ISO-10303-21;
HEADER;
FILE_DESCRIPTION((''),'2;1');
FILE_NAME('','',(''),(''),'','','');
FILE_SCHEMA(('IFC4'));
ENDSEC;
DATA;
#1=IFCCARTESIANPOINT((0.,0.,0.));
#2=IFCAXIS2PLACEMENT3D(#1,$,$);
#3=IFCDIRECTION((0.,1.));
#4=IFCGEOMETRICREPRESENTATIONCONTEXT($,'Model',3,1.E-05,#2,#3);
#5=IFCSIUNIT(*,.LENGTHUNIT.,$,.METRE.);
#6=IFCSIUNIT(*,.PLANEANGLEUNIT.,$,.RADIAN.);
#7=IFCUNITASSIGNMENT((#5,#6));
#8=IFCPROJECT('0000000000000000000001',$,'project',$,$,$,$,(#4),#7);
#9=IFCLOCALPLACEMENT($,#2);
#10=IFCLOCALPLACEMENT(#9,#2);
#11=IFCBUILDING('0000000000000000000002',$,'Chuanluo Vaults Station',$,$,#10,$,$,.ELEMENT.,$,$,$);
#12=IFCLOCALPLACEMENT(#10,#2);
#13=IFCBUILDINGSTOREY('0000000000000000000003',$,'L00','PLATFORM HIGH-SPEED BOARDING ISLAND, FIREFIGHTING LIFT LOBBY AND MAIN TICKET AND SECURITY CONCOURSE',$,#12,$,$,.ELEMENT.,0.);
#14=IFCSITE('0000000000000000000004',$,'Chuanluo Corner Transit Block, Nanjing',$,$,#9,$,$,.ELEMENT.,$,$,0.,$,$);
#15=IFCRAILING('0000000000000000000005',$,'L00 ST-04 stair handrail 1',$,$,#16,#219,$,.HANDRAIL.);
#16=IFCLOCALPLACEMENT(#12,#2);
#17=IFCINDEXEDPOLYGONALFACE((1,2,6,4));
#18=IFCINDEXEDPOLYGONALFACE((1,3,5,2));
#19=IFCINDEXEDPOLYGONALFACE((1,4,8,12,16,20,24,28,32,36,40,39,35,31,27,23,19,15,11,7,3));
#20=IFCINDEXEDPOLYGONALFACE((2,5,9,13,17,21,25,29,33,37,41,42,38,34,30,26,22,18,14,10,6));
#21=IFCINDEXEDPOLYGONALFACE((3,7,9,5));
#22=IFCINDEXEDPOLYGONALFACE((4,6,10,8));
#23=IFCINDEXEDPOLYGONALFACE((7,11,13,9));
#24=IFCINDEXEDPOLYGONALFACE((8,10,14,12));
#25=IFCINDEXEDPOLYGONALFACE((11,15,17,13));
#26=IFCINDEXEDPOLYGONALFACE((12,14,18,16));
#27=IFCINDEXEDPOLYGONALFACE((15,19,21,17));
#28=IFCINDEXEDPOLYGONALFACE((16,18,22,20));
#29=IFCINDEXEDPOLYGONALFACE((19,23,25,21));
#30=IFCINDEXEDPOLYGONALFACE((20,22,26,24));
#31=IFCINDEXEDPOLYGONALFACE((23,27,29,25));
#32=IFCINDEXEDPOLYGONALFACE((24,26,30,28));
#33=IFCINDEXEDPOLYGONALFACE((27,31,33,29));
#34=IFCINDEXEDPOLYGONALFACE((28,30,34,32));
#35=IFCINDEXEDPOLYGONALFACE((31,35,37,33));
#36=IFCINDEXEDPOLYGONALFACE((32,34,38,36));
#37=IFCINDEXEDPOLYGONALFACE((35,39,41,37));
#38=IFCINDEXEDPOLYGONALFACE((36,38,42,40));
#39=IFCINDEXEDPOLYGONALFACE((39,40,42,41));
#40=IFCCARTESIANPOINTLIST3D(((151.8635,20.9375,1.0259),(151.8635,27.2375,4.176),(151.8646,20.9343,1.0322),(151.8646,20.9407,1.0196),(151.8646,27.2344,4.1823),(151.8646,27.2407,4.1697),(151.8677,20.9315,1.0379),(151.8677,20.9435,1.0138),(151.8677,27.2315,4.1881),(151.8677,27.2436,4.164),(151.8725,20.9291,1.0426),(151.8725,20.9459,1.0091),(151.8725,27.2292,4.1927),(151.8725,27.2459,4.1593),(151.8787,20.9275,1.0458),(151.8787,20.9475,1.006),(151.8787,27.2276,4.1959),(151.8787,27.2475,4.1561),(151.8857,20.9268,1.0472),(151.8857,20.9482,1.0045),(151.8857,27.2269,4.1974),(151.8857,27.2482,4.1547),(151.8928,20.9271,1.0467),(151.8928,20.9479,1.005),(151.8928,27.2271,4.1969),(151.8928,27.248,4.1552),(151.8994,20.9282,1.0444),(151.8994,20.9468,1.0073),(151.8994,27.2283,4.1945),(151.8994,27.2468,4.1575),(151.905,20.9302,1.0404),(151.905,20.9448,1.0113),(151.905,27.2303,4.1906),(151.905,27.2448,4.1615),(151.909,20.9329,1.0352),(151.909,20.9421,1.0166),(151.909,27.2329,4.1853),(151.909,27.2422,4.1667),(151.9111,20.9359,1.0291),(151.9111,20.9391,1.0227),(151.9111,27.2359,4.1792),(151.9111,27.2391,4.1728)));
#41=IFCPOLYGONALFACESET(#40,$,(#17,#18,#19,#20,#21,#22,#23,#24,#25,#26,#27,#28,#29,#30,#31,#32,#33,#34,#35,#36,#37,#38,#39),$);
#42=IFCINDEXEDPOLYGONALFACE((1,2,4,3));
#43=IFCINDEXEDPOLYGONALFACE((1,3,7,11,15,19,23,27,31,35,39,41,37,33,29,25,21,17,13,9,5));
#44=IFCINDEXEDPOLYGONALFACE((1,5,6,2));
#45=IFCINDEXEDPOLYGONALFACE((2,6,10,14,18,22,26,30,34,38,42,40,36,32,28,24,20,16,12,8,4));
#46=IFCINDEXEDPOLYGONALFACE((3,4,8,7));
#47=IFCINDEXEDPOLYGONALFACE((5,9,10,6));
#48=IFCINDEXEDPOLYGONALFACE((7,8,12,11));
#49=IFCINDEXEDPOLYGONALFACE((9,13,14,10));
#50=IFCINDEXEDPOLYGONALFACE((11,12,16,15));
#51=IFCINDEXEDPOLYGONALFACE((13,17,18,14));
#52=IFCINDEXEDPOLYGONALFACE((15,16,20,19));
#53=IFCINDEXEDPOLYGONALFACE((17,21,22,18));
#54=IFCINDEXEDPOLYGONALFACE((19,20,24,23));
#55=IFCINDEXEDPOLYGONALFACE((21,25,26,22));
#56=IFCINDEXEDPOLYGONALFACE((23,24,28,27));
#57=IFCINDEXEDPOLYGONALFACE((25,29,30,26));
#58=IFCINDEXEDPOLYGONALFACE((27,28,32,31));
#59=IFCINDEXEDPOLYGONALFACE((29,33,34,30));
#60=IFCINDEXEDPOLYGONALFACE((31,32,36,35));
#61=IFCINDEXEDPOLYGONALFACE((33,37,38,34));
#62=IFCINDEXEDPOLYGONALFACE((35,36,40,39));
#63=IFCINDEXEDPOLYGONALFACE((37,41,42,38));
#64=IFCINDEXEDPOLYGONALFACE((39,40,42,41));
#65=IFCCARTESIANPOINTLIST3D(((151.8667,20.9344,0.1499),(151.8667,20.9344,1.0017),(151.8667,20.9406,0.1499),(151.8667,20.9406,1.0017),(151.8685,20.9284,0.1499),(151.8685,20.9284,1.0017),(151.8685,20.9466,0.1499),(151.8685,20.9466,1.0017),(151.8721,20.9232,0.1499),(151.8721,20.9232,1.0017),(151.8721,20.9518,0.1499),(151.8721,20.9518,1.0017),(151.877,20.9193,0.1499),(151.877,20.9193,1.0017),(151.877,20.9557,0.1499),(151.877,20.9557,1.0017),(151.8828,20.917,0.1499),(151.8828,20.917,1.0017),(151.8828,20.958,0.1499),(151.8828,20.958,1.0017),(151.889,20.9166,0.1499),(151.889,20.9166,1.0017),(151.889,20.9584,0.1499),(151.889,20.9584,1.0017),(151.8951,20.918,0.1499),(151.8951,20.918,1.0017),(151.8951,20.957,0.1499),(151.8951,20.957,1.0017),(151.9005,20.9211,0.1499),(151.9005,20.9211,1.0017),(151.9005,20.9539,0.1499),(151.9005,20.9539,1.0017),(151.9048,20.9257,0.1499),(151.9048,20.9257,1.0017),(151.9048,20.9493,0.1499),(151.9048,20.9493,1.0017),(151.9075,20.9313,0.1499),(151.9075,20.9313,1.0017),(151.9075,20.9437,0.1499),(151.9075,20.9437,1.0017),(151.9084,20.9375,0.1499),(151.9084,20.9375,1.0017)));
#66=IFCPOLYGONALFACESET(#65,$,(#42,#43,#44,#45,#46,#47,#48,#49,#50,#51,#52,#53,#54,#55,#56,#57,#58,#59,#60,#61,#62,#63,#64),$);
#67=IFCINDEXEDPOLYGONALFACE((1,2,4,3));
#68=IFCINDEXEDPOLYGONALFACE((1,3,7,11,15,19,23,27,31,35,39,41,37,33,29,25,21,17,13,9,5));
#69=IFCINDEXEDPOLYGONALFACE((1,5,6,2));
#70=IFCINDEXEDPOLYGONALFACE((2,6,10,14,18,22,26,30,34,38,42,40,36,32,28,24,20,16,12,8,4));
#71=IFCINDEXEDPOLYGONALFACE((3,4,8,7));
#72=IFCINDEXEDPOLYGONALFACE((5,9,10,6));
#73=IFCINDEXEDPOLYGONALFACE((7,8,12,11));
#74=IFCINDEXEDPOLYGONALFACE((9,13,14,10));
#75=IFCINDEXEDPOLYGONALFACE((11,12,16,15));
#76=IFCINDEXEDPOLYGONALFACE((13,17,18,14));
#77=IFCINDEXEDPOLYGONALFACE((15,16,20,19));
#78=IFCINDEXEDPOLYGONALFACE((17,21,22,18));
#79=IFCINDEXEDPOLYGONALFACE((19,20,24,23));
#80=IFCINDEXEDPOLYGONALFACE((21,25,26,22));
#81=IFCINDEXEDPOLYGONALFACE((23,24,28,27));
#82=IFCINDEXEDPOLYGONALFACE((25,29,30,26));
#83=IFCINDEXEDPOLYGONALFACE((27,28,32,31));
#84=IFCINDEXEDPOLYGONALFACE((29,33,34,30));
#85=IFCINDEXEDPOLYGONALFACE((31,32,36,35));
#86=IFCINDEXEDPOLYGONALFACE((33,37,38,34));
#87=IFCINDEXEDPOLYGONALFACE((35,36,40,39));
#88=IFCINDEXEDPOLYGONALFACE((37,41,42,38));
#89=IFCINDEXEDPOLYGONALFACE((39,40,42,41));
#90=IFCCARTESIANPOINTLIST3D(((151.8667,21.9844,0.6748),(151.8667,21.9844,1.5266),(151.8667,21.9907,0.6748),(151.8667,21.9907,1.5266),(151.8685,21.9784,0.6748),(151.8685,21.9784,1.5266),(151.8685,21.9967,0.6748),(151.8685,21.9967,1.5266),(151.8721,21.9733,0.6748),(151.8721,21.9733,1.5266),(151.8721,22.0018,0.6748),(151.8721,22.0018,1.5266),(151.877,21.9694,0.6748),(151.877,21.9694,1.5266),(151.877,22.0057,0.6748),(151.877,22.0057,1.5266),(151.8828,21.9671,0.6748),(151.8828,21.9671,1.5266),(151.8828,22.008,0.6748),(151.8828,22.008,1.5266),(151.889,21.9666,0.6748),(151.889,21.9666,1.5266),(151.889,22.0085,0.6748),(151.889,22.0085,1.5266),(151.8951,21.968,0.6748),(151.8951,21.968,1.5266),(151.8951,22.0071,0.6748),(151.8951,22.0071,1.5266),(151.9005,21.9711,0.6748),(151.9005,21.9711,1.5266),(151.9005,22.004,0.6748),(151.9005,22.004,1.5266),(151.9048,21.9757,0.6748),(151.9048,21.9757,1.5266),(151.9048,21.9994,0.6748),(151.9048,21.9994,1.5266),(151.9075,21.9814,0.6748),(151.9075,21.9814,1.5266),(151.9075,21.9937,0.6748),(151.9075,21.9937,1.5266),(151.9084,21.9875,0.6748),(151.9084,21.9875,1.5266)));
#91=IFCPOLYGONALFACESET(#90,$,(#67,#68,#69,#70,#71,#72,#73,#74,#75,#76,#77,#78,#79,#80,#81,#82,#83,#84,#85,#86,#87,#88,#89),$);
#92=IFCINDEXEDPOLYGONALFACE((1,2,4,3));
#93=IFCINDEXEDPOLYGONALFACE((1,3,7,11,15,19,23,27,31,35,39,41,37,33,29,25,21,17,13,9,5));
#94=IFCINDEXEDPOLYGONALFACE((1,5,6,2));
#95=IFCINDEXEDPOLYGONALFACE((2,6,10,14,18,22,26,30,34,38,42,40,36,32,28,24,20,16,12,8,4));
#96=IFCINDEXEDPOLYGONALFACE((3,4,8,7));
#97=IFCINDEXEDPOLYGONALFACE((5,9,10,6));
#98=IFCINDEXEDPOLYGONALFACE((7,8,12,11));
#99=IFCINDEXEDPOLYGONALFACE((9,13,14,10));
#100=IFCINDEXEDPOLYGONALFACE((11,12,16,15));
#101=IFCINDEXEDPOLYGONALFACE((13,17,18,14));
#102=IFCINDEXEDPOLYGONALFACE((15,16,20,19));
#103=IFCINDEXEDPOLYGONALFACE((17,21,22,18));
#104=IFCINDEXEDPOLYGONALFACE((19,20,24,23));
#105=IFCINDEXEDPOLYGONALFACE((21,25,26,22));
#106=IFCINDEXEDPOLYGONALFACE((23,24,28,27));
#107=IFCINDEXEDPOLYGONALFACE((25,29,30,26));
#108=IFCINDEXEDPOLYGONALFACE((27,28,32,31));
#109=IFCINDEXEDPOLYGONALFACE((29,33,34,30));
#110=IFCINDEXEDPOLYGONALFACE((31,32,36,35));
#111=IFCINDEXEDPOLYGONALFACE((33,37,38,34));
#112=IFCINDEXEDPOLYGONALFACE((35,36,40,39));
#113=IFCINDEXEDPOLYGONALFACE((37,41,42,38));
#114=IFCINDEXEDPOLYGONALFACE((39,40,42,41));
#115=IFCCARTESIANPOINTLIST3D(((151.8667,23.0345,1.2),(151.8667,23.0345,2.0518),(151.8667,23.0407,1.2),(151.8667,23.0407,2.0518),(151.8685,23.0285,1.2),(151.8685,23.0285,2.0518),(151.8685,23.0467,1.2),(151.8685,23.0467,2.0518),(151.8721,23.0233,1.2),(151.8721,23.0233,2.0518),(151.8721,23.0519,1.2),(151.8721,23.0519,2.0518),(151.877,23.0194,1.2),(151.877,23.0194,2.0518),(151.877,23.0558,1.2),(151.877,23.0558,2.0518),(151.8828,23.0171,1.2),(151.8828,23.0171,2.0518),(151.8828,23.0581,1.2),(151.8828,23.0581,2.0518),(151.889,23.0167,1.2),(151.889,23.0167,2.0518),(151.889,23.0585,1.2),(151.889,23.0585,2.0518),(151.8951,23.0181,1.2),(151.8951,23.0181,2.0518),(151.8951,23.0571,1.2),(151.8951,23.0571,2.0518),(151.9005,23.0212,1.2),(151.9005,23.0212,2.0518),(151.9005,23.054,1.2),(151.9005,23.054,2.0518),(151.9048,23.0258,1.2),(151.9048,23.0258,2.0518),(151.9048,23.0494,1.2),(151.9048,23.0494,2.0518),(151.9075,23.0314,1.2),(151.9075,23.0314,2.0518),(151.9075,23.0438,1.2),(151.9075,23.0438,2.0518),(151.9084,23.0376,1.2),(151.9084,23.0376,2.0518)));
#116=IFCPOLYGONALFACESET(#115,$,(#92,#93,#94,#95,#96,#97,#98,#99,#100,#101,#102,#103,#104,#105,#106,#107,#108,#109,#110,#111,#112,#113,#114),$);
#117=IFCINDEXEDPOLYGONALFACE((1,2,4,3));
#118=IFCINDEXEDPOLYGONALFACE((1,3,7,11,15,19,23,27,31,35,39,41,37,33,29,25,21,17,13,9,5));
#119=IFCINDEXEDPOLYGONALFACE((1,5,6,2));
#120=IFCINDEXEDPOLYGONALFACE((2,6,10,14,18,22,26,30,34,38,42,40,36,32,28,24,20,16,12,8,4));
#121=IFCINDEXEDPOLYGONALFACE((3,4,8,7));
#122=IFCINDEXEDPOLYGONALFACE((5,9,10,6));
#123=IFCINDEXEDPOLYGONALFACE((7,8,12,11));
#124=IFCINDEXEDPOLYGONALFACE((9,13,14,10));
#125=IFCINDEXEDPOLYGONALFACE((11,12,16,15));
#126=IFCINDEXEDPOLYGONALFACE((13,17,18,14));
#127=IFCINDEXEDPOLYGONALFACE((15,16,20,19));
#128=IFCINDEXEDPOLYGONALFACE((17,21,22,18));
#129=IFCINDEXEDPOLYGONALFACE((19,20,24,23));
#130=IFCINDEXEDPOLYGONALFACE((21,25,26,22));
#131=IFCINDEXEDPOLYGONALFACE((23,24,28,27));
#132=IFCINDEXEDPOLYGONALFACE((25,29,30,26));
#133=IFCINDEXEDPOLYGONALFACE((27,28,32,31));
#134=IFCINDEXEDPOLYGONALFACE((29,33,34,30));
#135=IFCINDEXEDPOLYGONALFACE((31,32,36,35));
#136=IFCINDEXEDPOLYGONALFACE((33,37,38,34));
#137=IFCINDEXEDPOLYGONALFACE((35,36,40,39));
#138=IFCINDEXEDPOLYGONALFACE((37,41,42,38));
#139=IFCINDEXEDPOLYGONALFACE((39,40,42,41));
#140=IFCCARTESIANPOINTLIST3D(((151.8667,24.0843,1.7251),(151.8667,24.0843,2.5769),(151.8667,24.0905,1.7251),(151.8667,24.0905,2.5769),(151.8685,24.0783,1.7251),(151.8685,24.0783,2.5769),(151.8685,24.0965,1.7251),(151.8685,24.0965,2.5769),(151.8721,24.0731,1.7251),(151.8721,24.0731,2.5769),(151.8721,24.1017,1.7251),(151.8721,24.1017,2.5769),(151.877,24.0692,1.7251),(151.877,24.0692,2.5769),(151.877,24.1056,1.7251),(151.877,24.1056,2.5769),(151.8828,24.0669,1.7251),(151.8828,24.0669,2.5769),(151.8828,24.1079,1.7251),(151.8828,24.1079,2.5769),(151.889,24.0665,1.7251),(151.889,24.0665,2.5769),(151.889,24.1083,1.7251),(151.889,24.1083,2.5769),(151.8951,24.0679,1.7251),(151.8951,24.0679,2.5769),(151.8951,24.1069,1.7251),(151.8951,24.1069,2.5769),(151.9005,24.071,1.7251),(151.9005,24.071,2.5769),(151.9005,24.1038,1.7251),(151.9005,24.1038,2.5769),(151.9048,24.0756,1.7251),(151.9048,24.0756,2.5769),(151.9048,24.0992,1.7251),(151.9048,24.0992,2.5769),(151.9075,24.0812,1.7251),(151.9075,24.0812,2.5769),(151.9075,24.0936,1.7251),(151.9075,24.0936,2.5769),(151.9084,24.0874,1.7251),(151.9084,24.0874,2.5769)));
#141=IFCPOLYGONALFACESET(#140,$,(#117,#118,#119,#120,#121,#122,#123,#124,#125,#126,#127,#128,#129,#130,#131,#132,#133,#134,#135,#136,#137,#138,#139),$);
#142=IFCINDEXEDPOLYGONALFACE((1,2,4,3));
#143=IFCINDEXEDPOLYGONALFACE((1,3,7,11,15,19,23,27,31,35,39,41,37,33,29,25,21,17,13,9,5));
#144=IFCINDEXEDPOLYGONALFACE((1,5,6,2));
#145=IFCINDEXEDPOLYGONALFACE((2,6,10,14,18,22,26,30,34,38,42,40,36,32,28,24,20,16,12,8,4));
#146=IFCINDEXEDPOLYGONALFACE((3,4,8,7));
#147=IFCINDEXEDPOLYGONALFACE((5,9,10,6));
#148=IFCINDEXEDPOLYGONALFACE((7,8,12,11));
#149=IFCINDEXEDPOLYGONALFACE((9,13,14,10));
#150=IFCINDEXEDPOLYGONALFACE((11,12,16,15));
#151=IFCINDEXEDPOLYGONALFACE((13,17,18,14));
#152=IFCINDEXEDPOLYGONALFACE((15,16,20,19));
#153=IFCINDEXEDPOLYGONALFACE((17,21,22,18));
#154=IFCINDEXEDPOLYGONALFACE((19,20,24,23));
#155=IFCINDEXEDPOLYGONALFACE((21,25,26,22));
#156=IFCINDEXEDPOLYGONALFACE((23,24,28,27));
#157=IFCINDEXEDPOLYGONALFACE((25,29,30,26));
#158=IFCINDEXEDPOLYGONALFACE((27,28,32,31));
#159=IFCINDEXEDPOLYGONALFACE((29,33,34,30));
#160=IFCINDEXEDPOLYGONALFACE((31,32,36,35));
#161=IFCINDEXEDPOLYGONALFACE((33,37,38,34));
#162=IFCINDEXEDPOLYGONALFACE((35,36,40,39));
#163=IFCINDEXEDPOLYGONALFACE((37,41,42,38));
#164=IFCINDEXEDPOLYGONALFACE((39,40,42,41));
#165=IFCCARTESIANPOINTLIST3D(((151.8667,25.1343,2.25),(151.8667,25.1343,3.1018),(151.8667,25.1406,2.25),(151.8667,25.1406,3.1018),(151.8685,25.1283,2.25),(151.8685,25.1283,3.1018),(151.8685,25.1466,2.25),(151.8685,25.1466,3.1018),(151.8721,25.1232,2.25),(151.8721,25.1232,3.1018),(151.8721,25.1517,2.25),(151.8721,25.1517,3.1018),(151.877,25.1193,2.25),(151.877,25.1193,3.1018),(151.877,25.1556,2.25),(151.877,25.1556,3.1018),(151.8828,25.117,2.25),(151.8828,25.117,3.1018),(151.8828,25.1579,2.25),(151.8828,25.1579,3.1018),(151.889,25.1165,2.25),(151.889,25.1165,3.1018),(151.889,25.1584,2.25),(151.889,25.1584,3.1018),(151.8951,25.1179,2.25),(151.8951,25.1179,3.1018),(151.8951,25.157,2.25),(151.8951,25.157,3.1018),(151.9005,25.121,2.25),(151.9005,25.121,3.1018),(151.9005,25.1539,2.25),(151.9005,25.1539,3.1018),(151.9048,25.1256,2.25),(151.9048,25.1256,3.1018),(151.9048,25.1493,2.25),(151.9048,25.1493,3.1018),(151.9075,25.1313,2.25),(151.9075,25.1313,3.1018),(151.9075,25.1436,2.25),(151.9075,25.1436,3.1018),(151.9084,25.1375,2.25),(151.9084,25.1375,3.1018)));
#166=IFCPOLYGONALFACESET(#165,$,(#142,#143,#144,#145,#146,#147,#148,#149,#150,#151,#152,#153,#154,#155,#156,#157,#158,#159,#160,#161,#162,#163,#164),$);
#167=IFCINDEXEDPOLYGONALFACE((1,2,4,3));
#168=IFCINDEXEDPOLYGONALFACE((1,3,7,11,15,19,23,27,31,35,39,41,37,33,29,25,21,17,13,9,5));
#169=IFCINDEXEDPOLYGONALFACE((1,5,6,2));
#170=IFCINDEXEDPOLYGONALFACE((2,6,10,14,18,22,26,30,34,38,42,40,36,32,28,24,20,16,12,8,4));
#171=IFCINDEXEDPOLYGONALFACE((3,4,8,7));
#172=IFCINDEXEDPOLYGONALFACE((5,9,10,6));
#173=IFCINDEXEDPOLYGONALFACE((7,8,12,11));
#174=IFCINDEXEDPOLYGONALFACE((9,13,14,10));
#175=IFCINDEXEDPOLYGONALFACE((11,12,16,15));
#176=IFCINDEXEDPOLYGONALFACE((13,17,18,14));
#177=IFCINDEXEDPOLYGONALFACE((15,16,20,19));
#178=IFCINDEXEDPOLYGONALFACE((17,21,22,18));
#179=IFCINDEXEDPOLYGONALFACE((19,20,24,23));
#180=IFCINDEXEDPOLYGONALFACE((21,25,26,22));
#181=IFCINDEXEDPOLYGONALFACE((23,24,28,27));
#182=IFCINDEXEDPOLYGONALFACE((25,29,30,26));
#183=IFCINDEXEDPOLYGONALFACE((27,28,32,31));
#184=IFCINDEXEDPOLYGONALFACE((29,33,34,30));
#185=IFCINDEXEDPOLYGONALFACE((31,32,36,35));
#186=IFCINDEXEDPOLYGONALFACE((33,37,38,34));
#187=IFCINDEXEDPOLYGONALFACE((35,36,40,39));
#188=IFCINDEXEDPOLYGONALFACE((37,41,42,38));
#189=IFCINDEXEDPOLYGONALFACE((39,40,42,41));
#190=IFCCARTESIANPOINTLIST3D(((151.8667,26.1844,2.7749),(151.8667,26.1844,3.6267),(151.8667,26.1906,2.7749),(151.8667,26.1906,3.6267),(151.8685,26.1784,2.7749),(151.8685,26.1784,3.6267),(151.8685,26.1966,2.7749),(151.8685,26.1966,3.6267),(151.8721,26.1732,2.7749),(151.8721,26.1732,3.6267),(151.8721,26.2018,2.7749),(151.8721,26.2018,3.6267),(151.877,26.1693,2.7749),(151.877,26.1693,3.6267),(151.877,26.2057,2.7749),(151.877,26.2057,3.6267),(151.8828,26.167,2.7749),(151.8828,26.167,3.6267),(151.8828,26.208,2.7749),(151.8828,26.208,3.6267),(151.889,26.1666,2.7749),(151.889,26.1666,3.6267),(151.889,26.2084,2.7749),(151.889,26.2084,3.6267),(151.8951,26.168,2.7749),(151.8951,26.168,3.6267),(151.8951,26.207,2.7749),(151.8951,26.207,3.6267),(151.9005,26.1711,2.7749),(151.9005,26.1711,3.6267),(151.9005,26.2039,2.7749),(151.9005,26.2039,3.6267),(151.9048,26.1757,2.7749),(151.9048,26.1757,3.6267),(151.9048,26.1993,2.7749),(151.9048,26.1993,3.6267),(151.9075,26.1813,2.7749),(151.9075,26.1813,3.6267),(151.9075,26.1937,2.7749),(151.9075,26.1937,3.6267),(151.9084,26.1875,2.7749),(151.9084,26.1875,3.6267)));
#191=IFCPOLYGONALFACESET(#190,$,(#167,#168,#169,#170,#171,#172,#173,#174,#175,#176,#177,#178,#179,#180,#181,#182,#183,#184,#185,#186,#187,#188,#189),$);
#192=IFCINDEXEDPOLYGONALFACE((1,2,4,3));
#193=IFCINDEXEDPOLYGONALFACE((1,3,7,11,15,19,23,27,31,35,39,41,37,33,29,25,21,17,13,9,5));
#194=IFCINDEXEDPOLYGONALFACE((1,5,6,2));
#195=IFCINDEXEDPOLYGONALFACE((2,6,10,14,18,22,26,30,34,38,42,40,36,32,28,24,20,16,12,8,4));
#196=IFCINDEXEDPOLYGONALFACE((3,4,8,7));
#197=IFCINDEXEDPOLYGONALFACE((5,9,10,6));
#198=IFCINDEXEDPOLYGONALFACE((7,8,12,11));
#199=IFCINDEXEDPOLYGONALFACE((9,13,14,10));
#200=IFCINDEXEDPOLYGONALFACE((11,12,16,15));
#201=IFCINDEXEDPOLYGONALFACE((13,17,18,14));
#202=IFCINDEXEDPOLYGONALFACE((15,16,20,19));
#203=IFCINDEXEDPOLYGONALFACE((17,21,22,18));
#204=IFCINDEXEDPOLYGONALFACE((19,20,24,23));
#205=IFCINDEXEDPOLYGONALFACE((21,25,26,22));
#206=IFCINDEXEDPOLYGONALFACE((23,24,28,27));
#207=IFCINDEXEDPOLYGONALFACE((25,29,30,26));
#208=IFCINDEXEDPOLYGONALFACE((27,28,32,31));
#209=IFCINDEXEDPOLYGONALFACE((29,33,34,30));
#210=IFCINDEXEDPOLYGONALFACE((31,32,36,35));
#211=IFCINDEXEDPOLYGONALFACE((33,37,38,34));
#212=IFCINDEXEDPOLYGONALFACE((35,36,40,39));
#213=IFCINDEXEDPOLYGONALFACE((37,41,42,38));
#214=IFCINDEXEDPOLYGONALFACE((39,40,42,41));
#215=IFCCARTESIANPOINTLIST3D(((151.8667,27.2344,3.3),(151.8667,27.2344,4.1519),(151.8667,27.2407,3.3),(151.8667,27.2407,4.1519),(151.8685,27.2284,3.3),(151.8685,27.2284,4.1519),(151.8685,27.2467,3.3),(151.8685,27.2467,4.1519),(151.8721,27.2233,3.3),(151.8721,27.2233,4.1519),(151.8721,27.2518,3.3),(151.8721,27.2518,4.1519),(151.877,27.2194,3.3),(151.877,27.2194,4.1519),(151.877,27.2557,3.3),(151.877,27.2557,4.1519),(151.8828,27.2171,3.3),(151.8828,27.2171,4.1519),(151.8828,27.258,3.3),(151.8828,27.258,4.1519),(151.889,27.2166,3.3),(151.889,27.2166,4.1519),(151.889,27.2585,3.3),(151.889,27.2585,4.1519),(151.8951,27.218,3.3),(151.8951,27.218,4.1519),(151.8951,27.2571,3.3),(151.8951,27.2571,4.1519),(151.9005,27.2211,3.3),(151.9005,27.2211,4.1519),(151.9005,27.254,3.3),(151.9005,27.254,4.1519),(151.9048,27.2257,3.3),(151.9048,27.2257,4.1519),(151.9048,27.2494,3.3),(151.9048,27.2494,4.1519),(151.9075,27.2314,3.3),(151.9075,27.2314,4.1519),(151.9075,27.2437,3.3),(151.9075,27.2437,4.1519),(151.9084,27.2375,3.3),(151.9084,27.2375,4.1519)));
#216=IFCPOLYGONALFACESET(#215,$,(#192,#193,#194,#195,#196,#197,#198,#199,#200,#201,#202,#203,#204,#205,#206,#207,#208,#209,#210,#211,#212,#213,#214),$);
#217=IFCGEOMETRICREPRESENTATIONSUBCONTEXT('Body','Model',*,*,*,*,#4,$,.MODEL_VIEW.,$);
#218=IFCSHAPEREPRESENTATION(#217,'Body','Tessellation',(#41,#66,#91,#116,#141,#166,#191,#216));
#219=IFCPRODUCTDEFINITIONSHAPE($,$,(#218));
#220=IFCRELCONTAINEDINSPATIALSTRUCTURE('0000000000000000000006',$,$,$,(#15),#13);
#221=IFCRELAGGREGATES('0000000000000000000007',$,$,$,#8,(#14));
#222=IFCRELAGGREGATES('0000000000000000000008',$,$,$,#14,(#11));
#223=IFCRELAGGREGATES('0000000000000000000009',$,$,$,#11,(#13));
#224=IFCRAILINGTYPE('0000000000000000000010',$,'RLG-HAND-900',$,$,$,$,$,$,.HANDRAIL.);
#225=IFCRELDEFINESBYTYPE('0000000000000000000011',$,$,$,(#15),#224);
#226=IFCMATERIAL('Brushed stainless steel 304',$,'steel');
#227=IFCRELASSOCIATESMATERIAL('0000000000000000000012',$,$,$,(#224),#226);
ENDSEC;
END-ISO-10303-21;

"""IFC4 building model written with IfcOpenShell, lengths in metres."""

from ifc_helpers import new_model, si_unit, direction, frame, origin, origin_2d, place, context, subcontext, project, spatial, circle, extrude, material, type_object, element, save


model = new_model("IFC4")

# Units and contexts
model_context = context("Model", 3, precision=1e-05, world=origin(), true_north=direction((0.0, 1.0)))
body_context = subcontext(model_context, "Body", "Model", "MODEL_VIEW")
ifc_project = project(units=[si_unit("LENGTHUNIT", "METRE"), si_unit("PLANEANGLEUNIT", "RADIAN")], contexts=[model_context])

# Site, building, storey
site_placement = place(None, origin())
site = spatial("IfcSite", under=ifc_project, at=site_placement, Name="Chuanluo Corner Transit Block, Nanjing", CompositionType="ELEMENT", RefElevation=0.0)
building_placement = place(site_placement, origin())
building = spatial("IfcBuilding", under=site, at=building_placement, Name="Chuanluo Vaults Station", CompositionType="ELEMENT")
storey_placement = place(building_placement, origin())
storey = spatial("IfcBuildingStorey", under=building, at=storey_placement, Name="L00", Description="PLATFORM HIGH-SPEED BOARDING ISLAND, FIREFIGHTING LIFT LOBBY AND MAIN TICKET AND SECURITY CONCOURSE", CompositionType="ELEMENT", Elevation=0.0)

# Railing
ifc_material_1 = material(Name="Brushed stainless steel 304", Category="steel")
railing_type_1 = type_object("IfcRailingType", Name="RLG-HAND-900", PredefinedType="HANDRAIL", material=ifc_material_1)
railing_1_placement = place(storey_placement, frame((151.8875, 20.9375, 0.1499)))
element("IfcRailing", 1, at=railing_1_placement, inside=storey, type_object=railing_type_1, Name="L00 ST-04 stair handrail 1", PredefinedType="HANDRAIL", context=body_context, shape_type="SweptSolid", body=[
    extrude(circle(Radius=0.0239, at=origin_2d()), frame((0.0, 0.0, 0.876), z_axis=(0.0, 0.89442, 0.447227), x_axis=(-1.0, 0.0, 0.0)), (0.0, 0.0, 1.0), 7.0437),
    extrude(circle(Radius=0.021, at=origin_2d()), origin(), (0.0, 0.0, 1.0), 0.8518),
    extrude(circle(Radius=0.021, at=origin_2d()), frame((0.0, 1.05, 0.5249)), (0.0, 0.0, 1.0), 0.8518),
    extrude(circle(Radius=0.021, at=origin_2d()), frame((0.0, 2.1001, 1.05)), (0.0, 0.0, 1.0), 0.8518),
    extrude(circle(Radius=0.021, at=origin_2d()), frame((0.0, 3.1499, 1.5752)), (0.0, 0.0, 1.0), 0.8518),
    extrude(circle(Radius=0.021, at=origin_2d()), frame((0.0, 4.2, 2.1001)), (0.0, 0.0, 1.0), 0.8518),
    extrude(circle(Radius=0.021, at=origin_2d()), frame((0.0, 5.25, 2.625)), (0.0, 0.0, 1.0), 0.8518),
    extrude(circle(Radius=0.021, at=origin_2d()), frame((0.0, 6.3, 3.1501)), (0.0, 0.0, 1.0), 0.8518),
])

save(model, "model.ifc")
